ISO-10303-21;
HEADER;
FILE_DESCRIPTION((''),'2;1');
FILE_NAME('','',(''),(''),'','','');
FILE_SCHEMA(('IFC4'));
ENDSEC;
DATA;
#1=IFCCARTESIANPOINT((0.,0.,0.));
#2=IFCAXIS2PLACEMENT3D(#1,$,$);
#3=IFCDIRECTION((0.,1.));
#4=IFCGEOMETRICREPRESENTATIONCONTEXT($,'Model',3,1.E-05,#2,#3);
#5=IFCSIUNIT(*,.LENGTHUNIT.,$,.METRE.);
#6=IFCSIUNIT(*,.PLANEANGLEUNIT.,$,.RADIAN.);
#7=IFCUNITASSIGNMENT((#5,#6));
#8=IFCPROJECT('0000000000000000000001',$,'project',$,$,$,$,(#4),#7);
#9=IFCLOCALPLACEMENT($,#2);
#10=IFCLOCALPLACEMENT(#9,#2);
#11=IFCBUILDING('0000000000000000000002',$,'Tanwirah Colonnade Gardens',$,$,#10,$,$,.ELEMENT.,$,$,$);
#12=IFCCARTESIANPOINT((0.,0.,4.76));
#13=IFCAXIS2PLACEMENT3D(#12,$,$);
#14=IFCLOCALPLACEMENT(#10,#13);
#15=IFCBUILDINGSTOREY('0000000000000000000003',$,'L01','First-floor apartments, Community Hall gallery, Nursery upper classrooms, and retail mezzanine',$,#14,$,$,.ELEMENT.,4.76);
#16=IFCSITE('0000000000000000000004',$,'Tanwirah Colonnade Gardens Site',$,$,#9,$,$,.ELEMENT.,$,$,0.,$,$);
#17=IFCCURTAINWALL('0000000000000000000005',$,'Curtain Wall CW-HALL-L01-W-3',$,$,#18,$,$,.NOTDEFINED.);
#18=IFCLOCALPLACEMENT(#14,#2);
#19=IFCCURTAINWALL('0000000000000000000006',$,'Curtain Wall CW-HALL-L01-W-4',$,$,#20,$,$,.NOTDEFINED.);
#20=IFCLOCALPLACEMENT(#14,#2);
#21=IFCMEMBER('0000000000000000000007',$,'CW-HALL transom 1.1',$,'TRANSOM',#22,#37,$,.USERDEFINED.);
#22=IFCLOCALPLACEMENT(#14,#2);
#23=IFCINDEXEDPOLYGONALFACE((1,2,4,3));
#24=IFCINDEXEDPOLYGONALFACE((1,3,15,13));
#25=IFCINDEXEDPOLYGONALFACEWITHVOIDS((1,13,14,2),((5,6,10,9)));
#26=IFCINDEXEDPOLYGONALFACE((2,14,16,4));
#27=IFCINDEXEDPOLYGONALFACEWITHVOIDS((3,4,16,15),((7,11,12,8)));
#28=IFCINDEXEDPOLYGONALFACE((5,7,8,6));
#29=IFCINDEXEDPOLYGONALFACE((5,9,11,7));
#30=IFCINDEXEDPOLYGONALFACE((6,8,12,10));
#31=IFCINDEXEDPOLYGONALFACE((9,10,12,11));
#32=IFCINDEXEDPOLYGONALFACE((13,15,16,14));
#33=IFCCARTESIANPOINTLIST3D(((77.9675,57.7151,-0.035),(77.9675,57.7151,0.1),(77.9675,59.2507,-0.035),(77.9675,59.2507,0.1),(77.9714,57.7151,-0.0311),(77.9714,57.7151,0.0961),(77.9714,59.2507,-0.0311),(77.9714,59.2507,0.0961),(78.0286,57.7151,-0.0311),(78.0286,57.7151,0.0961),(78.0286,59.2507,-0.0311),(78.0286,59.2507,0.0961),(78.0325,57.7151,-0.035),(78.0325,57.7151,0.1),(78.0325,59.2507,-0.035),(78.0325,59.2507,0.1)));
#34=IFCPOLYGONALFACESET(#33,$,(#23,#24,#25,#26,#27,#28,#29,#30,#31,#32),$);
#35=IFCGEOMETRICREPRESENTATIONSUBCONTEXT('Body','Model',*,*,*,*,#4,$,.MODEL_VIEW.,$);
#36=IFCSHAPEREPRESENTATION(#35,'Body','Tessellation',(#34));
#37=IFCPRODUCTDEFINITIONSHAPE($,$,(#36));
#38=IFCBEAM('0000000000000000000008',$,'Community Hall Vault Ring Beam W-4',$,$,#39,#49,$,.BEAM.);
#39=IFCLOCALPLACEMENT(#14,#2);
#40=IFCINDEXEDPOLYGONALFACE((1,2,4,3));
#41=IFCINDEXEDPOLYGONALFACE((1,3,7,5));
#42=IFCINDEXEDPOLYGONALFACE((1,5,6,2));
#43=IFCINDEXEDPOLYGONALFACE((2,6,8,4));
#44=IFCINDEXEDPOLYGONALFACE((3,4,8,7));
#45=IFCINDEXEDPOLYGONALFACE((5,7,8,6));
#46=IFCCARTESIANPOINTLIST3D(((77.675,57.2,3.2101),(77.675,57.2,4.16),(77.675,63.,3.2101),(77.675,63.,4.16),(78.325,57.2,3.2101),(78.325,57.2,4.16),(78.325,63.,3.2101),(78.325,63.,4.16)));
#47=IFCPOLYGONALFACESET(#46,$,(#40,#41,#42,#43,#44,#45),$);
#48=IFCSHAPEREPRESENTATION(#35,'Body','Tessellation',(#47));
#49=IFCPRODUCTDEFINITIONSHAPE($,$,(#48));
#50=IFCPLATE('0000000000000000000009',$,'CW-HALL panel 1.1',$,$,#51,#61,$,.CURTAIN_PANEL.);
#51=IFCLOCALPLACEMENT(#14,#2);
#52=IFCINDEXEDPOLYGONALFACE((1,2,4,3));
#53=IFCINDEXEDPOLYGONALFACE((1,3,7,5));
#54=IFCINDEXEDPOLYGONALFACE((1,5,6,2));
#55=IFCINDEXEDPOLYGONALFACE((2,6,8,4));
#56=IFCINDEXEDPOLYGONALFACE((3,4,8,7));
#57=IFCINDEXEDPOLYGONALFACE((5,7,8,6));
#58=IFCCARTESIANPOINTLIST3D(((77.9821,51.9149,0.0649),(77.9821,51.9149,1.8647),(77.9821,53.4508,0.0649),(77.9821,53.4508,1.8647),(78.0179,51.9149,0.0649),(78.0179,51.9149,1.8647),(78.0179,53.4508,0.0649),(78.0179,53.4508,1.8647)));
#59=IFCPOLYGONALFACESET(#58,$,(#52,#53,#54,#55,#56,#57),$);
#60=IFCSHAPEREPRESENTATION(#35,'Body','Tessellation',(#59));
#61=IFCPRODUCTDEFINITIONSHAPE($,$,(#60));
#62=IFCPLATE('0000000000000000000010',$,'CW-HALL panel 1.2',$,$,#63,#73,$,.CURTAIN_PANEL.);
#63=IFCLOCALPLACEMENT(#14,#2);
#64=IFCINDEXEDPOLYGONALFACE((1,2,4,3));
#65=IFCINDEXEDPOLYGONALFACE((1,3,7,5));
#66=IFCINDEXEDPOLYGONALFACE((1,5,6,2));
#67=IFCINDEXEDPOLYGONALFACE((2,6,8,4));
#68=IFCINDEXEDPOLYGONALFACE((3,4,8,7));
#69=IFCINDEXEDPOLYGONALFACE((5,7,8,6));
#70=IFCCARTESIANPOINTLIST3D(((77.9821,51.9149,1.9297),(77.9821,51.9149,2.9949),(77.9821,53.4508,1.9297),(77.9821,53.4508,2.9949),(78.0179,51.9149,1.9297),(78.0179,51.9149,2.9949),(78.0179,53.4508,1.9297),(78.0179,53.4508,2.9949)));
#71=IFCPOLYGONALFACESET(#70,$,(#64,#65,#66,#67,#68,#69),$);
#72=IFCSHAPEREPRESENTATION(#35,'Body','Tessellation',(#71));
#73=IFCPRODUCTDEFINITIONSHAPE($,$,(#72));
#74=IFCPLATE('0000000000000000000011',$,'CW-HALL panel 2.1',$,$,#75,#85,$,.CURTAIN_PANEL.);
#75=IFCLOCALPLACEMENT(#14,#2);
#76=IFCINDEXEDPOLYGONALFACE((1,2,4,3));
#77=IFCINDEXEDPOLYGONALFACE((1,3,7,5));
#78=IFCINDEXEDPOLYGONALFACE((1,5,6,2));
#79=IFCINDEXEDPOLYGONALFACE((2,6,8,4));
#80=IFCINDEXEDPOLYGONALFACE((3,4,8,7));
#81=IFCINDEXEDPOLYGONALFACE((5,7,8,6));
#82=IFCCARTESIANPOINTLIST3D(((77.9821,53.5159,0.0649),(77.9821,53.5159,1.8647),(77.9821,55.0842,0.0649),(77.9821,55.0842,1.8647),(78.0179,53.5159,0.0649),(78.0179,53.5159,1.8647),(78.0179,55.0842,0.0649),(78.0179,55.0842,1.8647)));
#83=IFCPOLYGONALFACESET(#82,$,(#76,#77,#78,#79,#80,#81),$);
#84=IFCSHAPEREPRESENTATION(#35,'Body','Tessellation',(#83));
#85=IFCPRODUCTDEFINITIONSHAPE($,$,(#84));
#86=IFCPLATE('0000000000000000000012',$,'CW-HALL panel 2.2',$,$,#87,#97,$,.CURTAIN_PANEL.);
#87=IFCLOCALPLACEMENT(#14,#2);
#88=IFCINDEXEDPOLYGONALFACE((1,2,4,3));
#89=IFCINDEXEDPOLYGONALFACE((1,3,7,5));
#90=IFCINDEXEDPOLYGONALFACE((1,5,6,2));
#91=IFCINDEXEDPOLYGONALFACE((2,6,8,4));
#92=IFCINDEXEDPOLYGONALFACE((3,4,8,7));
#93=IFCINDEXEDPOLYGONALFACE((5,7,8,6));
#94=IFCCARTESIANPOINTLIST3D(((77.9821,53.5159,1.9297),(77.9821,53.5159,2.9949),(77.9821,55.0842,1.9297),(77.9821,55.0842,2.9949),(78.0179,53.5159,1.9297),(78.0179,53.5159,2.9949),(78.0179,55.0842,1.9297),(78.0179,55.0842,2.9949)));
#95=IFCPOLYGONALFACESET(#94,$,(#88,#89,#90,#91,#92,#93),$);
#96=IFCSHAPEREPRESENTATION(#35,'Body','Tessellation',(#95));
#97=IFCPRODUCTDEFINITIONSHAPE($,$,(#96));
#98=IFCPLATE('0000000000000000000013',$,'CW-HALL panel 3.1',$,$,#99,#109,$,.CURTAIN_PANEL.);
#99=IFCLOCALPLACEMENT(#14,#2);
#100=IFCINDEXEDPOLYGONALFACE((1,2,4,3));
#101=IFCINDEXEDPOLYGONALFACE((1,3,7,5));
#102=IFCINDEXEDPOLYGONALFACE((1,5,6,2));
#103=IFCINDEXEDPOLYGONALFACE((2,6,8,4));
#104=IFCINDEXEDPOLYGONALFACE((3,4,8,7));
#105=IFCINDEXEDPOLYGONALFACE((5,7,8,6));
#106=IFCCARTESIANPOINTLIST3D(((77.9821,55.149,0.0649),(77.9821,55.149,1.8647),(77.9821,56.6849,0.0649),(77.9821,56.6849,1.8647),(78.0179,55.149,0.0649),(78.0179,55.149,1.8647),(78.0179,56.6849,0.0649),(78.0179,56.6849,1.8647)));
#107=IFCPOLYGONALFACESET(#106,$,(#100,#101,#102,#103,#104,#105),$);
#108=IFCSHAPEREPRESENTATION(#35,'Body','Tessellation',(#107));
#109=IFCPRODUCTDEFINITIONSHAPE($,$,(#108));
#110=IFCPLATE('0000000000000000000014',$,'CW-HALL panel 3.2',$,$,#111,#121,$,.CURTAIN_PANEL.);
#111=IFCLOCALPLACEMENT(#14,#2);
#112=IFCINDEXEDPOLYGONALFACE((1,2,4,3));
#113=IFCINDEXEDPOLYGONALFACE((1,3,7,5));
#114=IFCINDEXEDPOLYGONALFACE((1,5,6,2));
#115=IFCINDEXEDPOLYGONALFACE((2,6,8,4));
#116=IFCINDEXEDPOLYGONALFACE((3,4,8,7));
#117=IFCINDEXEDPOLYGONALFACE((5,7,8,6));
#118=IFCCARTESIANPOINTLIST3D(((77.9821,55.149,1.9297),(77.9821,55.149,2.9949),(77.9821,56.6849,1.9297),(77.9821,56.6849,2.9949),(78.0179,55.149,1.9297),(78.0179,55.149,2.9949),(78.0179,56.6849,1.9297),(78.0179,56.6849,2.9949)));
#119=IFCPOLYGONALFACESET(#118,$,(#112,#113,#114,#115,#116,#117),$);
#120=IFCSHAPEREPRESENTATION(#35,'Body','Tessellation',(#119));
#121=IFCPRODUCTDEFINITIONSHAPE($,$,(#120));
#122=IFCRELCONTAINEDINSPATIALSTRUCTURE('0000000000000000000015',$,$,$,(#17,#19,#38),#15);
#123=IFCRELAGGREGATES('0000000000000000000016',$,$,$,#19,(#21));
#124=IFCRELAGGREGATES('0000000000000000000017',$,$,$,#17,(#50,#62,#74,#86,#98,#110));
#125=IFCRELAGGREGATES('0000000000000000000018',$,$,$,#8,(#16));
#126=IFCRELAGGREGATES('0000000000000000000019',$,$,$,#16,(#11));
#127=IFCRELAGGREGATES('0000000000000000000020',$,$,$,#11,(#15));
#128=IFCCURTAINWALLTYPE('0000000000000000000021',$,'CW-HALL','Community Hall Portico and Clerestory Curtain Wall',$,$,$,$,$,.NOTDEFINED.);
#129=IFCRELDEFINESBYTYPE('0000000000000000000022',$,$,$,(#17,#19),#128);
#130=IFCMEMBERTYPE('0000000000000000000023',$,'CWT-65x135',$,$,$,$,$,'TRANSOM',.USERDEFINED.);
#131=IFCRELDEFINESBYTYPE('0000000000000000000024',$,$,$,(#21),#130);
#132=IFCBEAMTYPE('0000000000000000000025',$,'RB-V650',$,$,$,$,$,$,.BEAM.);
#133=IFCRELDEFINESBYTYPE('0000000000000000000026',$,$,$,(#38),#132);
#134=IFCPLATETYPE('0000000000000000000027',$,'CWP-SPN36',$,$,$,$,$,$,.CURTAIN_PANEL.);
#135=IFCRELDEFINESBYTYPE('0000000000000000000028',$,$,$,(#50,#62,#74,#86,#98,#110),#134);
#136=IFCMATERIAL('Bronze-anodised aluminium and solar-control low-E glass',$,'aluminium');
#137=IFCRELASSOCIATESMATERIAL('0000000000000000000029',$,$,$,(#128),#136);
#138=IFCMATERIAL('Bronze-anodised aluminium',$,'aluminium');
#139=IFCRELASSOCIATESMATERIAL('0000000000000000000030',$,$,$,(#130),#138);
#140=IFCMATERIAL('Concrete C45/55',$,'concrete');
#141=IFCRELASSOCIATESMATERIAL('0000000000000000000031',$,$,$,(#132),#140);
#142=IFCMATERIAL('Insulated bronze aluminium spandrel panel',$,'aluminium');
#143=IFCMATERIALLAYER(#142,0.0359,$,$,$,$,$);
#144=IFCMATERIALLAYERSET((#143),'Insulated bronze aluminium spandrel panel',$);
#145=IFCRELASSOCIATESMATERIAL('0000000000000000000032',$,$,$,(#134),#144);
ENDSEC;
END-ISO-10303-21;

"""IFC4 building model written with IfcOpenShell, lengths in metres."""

from ifc_helpers import new_model, si_unit, direction, frame, origin, origin_2d, place, context, subcontext, project, spatial, rectangle, hollow_rectangle, extrude, material, layer, layer_set, material_profile, profile_set, type_object, element, aggregate, save


model = new_model("IFC4")

# Units and contexts
model_context = context("Model", 3, precision=1e-05, world=origin(), true_north=direction((0.0, 1.0)))
body_context = subcontext(model_context, "Body", "Model", "MODEL_VIEW")
ifc_project = project(units=[si_unit("LENGTHUNIT", "METRE"), si_unit("PLANEANGLEUNIT", "RADIAN")], contexts=[model_context])

# Site, building, storey
site_placement = place(None, origin())
site = spatial("IfcSite", under=ifc_project, at=site_placement, Name="Tanwirah Colonnade Gardens Site", CompositionType="ELEMENT", RefElevation=0.0)
building_placement = place(site_placement, origin())
building = spatial("IfcBuilding", under=site, at=building_placement, Name="Tanwirah Colonnade Gardens", CompositionType="ELEMENT")
storey_placement = place(building_placement, frame((0.0, 0.0, 4.76)))
storey = spatial("IfcBuildingStorey", under=building, at=storey_placement, Name="L01", Description="First-floor apartments, Community Hall gallery, Nursery upper classrooms, and retail mezzanine", CompositionType="ELEMENT", Elevation=4.76)

# Shared definitions
ifc_material_1 = material(Name="Concrete C45/55", Category="concrete")

# Curtain wall
ifc_material_2 = material(Name="Bronze-anodised aluminium and solar-control low-E glass", Category="aluminium")
curtain_wall_type = type_object("IfcCurtainWallType", Name="CW-HALL", Description="Community Hall Portico and Clerestory Curtain Wall", PredefinedType="NOTDEFINED", material=ifc_material_2)
curtain_wall_1_placement = place(storey_placement, origin())
curtain_wall_1 = element("IfcCurtainWall", 1, at=curtain_wall_1_placement, inside=storey, type_object=curtain_wall_type, Name="Curtain Wall CW-HALL-L01-W-3", PredefinedType="NOTDEFINED")
ifc_material_3 = material(Name="Bronze-anodised aluminium", Category="aluminium")

# Curtain wall
curtain_wall_2_placement = place(storey_placement, origin())
curtain_wall_2 = element("IfcCurtainWall", 2, at=curtain_wall_2_placement, inside=storey, type_object=curtain_wall_type, Name="Curtain Wall CW-HALL-L01-W-4", PredefinedType="NOTDEFINED")

# Member
ifc_material_profile_1 = material_profile(ifc_material_3, hollow_rectangle(XDim=0.0649, YDim=0.135, WallThickness=0.0039, at=origin_2d()), Name="CW-TRN 65x135x4")
ifc_profile_set_1 = profile_set([ifc_material_profile_1], Name="Bronze-anodised aluminium")
member_type_1 = type_object("IfcMemberType", Name="CWT-65x135", ElementType="TRANSOM", PredefinedType="USERDEFINED", material=ifc_profile_set_1)
member_1_placement = place(storey_placement, frame((78.0, 57.7151, 0.0325), z_axis=(0.0, 1.0, 0.0), x_axis=(-1.0, 0.0, 0.0)))
member_1 = element("IfcMember", 3, at=member_1_placement, type_object=member_type_1, Name="CW-HALL transom 1.1", ObjectType="TRANSOM", PredefinedType="USERDEFINED", context=body_context, shape_type="SweptSolid", body=[
    extrude(hollow_rectangle(XDim=0.0649, YDim=0.135, WallThickness=0.0039, at=origin_2d()), origin(), (0.0, 0.0, 1.0), 1.5356),
])
aggregate(curtain_wall_2, [member_1])

# Beam
ifc_material_profile_2 = material_profile(ifc_material_1, rectangle(XDim=0.6499, YDim=0.95, at=origin_2d()), Name="RC-RB 650x950")
ifc_profile_set_2 = profile_set([ifc_material_profile_2], Name="Concrete C45/55")
beam_type = type_object("IfcBeamType", Name="RB-V650", PredefinedType="BEAM", material=ifc_profile_set_2)
beam_placement = place(storey_placement, frame((78.0, 57.2, 3.6851), z_axis=(0.0, 1.0, 0.0), x_axis=(-1.0, 0.0, 0.0)))
element("IfcBeam", 4, at=beam_placement, inside=storey, type_object=beam_type, Name="Community Hall Vault Ring Beam W-4", PredefinedType="BEAM", context=body_context, shape_type="SweptSolid", body=[
    extrude(rectangle(XDim=0.6499, YDim=0.95, at=origin_2d()), origin(), (0.0, 0.0, 1.0), 5.8),
])

# Plates
ifc_material_4 = material(Name="Insulated bronze aluminium spandrel panel", Category="aluminium")
ifc_layer = layer(ifc_material_4, 0.0359)
ifc_layer_set = layer_set([ifc_layer], Name="Insulated bronze aluminium spandrel panel")
plate_type = type_object("IfcPlateType", Name="CWP-SPN36", PredefinedType="CURTAIN_PANEL", material=ifc_layer_set)
plate_1_placement = place(storey_placement, frame((78.0, 52.6829, 0.0649), z_axis=(0.0, 0.0, 1.0), x_axis=(0.0, 1.0, 0.0)))
plate_1 = element("IfcPlate", 5, at=plate_1_placement, type_object=plate_type, Name="CW-HALL panel 1.1", PredefinedType="CURTAIN_PANEL", context=body_context, shape_type="SweptSolid", body=[
    extrude(rectangle(XDim=1.5359, YDim=0.0359, at=origin_2d()), origin(), (0.0, 0.0, 1.0), 1.7998),
])
plate_2_placement = place(storey_placement, frame((78.0, 52.6829, 1.9297), z_axis=(0.0, 0.0, 1.0), x_axis=(0.0, 1.0, 0.0)))
plate_2 = element("IfcPlate", 6, at=plate_2_placement, type_object=plate_type, Name="CW-HALL panel 1.2", PredefinedType="CURTAIN_PANEL", context=body_context, shape_type="SweptSolid", body=[
    extrude(rectangle(XDim=1.5359, YDim=0.0359, at=origin_2d()), origin(), (0.0, 0.0, 1.0), 1.0652),
])
plate_3_placement = place(storey_placement, frame((78.0, 54.3, 0.0649), z_axis=(0.0, 0.0, 1.0), x_axis=(0.0, 1.0, 0.0)))
plate_3 = element("IfcPlate", 7, at=plate_3_placement, type_object=plate_type, Name="CW-HALL panel 2.1", PredefinedType="CURTAIN_PANEL", context=body_context, shape_type="SweptSolid", body=[
    extrude(rectangle(XDim=1.5684, YDim=0.0359, at=origin_2d()), origin(), (0.0, 0.0, 1.0), 1.7998),
])
plate_4_placement = place(storey_placement, frame((78.0, 54.3, 1.9297), z_axis=(0.0, 0.0, 1.0), x_axis=(0.0, 1.0, 0.0)))
plate_4 = element("IfcPlate", 8, at=plate_4_placement, type_object=plate_type, Name="CW-HALL panel 2.2", PredefinedType="CURTAIN_PANEL", context=body_context, shape_type="SweptSolid", body=[
    extrude(rectangle(XDim=1.5684, YDim=0.0359, at=origin_2d()), origin(), (0.0, 0.0, 1.0), 1.0652),
])
plate_5_placement = place(storey_placement, frame((78.0, 55.917, 0.0649), z_axis=(0.0, 0.0, 1.0), x_axis=(0.0, 1.0, 0.0)))
plate_5 = element("IfcPlate", 9, at=plate_5_placement, type_object=plate_type, Name="CW-HALL panel 3.1", PredefinedType="CURTAIN_PANEL", context=body_context, shape_type="SweptSolid", body=[
    extrude(rectangle(XDim=1.5359, YDim=0.0359, at=origin_2d()), origin(), (0.0, 0.0, 1.0), 1.7998),
])
plate_6_placement = place(storey_placement, frame((78.0, 55.917, 1.9297), z_axis=(0.0, 0.0, 1.0), x_axis=(0.0, 1.0, 0.0)))
plate_6 = element("IfcPlate", 10, at=plate_6_placement, type_object=plate_type, Name="CW-HALL panel 3.2", PredefinedType="CURTAIN_PANEL", context=body_context, shape_type="SweptSolid", body=[
    extrude(rectangle(XDim=1.5359, YDim=0.0359, at=origin_2d()), origin(), (0.0, 0.0, 1.0), 1.0652),
])
aggregate(curtain_wall_1, [plate_1, plate_2, plate_3, plate_4, plate_5, plate_6])

save(model, "model.ifc")
